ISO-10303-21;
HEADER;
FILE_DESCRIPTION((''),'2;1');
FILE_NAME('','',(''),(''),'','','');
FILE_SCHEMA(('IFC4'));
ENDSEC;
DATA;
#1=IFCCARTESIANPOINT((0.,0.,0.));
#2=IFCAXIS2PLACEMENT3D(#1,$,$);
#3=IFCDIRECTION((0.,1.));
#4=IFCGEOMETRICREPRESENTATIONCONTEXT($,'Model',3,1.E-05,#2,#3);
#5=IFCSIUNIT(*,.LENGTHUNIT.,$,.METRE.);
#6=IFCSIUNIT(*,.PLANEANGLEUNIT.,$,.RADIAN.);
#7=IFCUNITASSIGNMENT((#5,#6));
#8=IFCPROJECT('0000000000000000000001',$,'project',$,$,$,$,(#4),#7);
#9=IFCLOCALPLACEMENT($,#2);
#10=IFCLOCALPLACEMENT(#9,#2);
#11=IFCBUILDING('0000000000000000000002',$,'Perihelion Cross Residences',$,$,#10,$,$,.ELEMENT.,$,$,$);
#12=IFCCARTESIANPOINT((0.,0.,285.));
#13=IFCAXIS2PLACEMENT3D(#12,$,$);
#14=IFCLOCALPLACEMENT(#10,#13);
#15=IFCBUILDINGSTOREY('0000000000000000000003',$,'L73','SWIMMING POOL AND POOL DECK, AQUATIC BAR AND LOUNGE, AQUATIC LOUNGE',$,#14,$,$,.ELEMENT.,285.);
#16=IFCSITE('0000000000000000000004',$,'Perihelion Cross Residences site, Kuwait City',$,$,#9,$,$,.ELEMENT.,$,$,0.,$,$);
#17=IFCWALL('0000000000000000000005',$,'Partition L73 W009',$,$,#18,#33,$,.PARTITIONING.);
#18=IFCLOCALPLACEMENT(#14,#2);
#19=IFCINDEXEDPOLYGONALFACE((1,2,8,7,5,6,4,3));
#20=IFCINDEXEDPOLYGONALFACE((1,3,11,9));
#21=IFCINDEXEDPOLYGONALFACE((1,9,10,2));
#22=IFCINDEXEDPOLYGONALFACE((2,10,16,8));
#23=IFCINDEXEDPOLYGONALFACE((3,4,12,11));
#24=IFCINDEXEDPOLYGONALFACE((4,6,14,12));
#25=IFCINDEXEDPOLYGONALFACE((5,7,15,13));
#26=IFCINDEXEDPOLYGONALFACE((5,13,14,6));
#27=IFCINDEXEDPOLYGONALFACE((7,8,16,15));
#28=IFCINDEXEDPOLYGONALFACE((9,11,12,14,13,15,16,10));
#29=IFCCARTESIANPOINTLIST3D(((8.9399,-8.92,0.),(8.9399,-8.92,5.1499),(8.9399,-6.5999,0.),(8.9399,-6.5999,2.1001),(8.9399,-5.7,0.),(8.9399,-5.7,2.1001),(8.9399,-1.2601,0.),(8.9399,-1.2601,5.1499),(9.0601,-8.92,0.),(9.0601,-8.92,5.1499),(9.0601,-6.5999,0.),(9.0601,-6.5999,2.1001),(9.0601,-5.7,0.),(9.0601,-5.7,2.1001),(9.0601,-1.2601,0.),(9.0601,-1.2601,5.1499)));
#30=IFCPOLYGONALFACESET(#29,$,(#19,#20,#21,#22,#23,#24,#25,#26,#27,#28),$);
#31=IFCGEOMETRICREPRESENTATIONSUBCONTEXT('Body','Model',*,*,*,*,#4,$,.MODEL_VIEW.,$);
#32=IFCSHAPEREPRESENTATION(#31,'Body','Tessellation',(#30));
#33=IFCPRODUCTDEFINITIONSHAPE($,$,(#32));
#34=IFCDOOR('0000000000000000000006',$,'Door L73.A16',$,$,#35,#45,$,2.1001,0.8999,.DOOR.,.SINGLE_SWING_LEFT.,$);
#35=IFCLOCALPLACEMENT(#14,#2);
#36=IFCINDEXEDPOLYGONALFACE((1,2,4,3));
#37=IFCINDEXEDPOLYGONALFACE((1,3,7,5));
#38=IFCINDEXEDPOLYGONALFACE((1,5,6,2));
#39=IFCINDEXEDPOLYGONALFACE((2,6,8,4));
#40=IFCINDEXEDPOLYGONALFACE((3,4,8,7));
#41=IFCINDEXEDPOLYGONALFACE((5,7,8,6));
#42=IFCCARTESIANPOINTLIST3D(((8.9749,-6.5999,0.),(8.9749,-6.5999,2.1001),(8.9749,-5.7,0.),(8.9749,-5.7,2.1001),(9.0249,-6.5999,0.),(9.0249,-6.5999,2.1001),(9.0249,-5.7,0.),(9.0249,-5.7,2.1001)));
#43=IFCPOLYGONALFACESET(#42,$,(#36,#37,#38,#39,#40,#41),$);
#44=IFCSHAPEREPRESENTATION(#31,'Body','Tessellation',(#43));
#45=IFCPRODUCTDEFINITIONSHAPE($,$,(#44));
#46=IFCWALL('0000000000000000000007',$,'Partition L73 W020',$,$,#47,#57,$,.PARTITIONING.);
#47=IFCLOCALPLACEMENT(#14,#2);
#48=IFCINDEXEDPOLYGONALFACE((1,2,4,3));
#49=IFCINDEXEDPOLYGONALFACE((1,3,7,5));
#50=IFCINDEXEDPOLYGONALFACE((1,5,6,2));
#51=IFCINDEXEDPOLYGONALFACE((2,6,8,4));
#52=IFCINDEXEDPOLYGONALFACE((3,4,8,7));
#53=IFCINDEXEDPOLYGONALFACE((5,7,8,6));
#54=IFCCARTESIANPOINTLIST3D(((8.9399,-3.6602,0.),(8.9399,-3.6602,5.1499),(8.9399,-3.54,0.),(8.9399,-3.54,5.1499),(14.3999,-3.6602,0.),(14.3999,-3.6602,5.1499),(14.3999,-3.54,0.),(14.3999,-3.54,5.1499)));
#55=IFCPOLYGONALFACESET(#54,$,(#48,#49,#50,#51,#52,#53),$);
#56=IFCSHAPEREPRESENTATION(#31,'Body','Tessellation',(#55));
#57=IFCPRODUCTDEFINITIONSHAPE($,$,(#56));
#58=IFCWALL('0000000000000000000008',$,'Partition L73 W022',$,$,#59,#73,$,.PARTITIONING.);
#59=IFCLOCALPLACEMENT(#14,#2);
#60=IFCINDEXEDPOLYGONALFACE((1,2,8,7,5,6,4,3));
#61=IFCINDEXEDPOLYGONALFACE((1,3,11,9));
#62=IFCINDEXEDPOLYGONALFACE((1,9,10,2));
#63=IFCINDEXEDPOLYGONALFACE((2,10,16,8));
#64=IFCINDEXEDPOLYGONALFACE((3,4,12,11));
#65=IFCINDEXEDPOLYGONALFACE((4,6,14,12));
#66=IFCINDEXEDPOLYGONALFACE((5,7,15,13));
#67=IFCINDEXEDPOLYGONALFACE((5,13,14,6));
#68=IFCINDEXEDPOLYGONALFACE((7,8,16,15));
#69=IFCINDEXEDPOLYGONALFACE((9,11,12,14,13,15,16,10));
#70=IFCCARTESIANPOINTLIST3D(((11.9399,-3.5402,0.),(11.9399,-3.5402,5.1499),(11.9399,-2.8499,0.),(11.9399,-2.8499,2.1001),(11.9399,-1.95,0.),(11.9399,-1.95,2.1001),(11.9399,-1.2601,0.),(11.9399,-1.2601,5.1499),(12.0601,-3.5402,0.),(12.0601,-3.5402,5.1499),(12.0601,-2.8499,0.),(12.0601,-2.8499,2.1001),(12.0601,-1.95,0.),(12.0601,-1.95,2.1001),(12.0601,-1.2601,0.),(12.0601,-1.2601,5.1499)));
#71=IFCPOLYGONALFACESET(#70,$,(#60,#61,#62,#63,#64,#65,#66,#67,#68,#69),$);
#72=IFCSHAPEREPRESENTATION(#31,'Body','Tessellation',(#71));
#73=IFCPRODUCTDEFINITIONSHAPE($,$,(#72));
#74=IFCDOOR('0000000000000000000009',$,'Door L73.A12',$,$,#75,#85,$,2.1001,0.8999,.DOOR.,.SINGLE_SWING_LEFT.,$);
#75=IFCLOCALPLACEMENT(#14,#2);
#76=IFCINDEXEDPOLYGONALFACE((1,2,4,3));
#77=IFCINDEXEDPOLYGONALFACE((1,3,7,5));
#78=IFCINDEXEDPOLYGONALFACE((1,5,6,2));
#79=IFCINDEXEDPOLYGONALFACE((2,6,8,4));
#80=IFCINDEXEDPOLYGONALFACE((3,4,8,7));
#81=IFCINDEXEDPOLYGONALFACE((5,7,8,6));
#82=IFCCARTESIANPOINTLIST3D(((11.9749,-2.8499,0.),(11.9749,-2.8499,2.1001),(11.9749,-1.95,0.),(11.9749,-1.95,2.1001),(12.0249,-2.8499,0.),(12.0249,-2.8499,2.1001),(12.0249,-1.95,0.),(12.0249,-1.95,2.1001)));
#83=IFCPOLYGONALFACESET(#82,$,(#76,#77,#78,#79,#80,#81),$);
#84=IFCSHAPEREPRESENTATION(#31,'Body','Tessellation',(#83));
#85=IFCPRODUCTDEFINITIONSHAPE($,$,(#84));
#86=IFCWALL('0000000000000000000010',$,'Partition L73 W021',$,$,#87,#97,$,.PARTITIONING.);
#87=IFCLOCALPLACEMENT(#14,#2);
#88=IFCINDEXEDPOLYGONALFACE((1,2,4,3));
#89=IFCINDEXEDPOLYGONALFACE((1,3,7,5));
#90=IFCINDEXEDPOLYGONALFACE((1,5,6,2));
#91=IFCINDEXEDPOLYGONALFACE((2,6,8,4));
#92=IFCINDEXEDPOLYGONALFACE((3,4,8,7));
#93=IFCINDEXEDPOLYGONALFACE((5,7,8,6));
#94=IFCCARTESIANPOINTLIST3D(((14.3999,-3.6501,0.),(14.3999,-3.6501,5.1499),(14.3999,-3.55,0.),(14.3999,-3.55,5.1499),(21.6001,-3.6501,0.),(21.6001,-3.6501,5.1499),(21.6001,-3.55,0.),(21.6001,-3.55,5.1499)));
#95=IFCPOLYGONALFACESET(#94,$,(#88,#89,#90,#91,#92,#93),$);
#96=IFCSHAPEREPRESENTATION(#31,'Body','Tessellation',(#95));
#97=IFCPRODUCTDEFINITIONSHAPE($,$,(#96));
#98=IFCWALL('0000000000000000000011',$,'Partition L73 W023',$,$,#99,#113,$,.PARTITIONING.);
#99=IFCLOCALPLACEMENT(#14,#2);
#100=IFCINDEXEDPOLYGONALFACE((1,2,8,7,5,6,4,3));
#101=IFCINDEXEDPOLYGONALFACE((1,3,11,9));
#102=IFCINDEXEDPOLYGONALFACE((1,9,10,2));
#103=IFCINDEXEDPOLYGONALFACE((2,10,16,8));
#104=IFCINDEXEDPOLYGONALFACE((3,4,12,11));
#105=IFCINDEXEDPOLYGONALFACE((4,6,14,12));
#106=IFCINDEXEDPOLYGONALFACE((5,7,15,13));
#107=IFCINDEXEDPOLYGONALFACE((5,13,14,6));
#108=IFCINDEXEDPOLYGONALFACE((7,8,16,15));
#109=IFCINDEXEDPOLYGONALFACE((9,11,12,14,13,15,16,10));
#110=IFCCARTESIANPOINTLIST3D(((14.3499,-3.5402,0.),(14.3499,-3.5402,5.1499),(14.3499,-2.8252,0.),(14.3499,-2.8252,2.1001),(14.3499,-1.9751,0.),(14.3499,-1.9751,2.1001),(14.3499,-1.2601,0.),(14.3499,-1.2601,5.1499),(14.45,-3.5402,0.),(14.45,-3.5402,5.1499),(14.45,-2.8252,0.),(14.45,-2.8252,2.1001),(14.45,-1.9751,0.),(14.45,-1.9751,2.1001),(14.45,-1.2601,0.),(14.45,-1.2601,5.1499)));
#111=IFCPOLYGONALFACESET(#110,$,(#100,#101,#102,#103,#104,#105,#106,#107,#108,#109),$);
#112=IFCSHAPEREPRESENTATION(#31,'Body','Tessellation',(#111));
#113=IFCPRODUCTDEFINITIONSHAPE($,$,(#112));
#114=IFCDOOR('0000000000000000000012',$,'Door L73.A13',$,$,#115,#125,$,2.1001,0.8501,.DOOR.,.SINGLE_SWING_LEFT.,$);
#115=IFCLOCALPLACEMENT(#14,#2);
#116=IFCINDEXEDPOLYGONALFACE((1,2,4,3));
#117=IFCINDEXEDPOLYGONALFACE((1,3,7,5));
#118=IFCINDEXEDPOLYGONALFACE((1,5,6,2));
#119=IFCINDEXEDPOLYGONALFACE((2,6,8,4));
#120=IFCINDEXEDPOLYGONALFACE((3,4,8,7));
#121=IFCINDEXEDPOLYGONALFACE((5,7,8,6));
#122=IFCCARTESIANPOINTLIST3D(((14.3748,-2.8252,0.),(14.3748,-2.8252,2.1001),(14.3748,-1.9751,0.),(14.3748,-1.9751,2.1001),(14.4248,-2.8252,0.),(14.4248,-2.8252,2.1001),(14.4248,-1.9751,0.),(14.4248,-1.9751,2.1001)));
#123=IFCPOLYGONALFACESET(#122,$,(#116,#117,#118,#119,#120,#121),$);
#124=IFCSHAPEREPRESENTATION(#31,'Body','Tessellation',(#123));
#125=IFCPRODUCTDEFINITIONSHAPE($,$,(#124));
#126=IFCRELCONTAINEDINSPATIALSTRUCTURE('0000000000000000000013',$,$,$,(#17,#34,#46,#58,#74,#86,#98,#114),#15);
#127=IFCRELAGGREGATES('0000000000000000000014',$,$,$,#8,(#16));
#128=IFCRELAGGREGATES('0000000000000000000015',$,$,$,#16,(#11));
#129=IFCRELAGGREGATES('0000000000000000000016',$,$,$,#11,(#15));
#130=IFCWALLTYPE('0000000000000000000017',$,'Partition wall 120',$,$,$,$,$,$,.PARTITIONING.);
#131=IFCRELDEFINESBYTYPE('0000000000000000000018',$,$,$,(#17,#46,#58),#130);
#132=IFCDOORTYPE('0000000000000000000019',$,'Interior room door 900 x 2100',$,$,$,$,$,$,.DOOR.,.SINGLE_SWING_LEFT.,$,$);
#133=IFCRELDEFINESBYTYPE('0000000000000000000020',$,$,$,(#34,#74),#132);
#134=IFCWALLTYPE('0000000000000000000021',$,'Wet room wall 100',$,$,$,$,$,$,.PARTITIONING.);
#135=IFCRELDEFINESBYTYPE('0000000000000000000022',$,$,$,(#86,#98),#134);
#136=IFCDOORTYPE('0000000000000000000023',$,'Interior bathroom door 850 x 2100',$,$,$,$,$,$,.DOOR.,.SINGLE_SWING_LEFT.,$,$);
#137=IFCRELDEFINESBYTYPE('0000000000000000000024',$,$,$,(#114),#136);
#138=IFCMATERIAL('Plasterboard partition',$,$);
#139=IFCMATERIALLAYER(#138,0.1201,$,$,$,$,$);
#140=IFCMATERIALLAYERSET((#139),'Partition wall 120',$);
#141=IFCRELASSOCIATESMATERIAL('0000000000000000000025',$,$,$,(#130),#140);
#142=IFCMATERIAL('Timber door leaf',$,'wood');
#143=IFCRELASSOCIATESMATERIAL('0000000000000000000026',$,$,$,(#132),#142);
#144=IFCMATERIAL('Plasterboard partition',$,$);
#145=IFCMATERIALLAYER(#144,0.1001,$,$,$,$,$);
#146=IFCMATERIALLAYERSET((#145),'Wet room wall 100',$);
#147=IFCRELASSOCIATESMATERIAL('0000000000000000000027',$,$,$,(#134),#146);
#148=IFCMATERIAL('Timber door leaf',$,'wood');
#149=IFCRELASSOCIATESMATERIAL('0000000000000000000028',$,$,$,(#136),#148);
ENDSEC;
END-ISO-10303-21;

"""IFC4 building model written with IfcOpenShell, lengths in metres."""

from ifc_helpers import new_model, si_unit, direction, frame, frame_2d, origin, place, context, subcontext, project, spatial, rectangle, extrude, material, layer, layer_set, type_object, element, fill, save


model = new_model("IFC4")

# Units and contexts
model_context = context("Model", 3, precision=1e-05, world=origin(), true_north=direction((0.0, 1.0)))
body_context = subcontext(model_context, "Body", "Model", "MODEL_VIEW")
ifc_project = project(units=[si_unit("LENGTHUNIT", "METRE"), si_unit("PLANEANGLEUNIT", "RADIAN")], contexts=[model_context])

# Site, building, storey
site_placement = place(None, origin())
site = spatial("IfcSite", under=ifc_project, at=site_placement, Name="Perihelion Cross Residences site, Kuwait City", CompositionType="ELEMENT", RefElevation=0.0)
building_placement = place(site_placement, origin())
building = spatial("IfcBuilding", under=site, at=building_placement, Name="Perihelion Cross Residences", CompositionType="ELEMENT")
storey_placement = place(building_placement, frame((0.0, 0.0, 285.0)))
storey = spatial("IfcBuildingStorey", under=building, at=storey_placement, Name="L73", Description="SWIMMING POOL AND POOL DECK, AQUATIC BAR AND LOUNGE, AQUATIC LOUNGE", CompositionType="ELEMENT", Elevation=285.0)

# Shared definitions
ifc_material_1 = material(Name="Plasterboard partition")
ifc_layer_1 = layer(ifc_material_1, 0.1201)
ifc_layer_set_1 = layer_set([ifc_layer_1], Name="Partition wall 120")
wall_type_1 = type_object("IfcWallType", Name="Partition wall 120", PredefinedType="PARTITIONING", material=ifc_layer_set_1)
ifc_material_2 = material(Name="Timber door leaf", Category="wood")
door_type_1 = type_object("IfcDoorType", Name="Interior room door 900 x 2100", OperationType="SINGLE_SWING_LEFT", PredefinedType="DOOR", material=ifc_material_2)

# Wall, opening, door
wall_1_placement = place(storey_placement, frame((9.0, -1.26, 0.0), z_axis=(0.0, 0.0, 1.0), x_axis=(0.0, -1.0, 0.0)))
wall_1 = element("IfcWall", 1, at=wall_1_placement, inside=storey, type_object=wall_type_1, Name="Partition L73 W009", PredefinedType="PARTITIONING", context=body_context, shape_type="SweptSolid", body=[
    extrude(rectangle(XDim=7.6599, YDim=0.1201, at=frame_2d((3.8301, 0.0))), origin(), (0.0, 0.0, 1.0), 5.1499),
])
opening_1_placement = place(wall_1_placement, frame((4.4399, 0.0, 0.0)))
opening_1 = element("IfcOpeningElement", 2, at=opening_1_placement, cuts=wall_1, PredefinedType="OPENING", context=body_context, shape_type="SweptSolid", body=[
    extrude(rectangle(XDim=0.8999, YDim=2.1001, at=frame_2d((0.45, 1.05))), frame((0.0, 0.0701, 0.0), z_axis=(0.0, -1.0, 0.0), x_axis=(1.0, 0.0, 0.0)), (0.0, 0.0, 1.0), 0.1401),
])
door_1_placement = place(opening_1_placement, origin())
door_1 = element("IfcDoor", 3, at=door_1_placement, inside=storey, type_object=door_type_1, Name="Door L73.A16", OperationType="SINGLE_SWING_LEFT", OverallHeight=2.1001, OverallWidth=0.8999, PredefinedType="DOOR", context=body_context, shape_type="SweptSolid", body=[
    extrude(rectangle(XDim=0.8999, YDim=2.1001, at=frame_2d((0.45, 1.05))), frame((0.0, 0.0249, 0.0), z_axis=(0.0, -1.0, 0.0), x_axis=(1.0, 0.0, 0.0)), (0.0, 0.0, 1.0), 0.05),
])
fill(opening_1, door_1)

# Wall
wall_2_placement = place(storey_placement, frame((8.9399, -3.6001, 0.0), z_axis=(0.0, 0.0, 1.0), x_axis=(1.0, 0.0, 0.0)))
element("IfcWall", 4, at=wall_2_placement, inside=storey, type_object=wall_type_1, Name="Partition L73 W020", PredefinedType="PARTITIONING", context=body_context, shape_type="SweptSolid", body=[
    extrude(rectangle(XDim=5.46, YDim=0.1201, at=frame_2d((2.73, 0.0))), origin(), (0.0, 0.0, 1.0), 5.1499),
])

# Wall, opening, door
wall_3_placement = place(storey_placement, frame((12.0, -1.26, 0.0), z_axis=(0.0, 0.0, 1.0), x_axis=(0.0, -1.0, 0.0)))
wall_3 = element("IfcWall", 5, at=wall_3_placement, inside=storey, type_object=wall_type_1, Name="Partition L73 W022", PredefinedType="PARTITIONING", context=body_context, shape_type="SweptSolid", body=[
    extrude(rectangle(XDim=2.28, YDim=0.1201, at=frame_2d((1.1401, 0.0))), origin(), (0.0, 0.0, 1.0), 5.1499),
])
opening_2_placement = place(wall_3_placement, frame((0.6899, 0.0, 0.0)))
opening_2 = element("IfcOpeningElement", 6, at=opening_2_placement, cuts=wall_3, PredefinedType="OPENING", context=body_context, shape_type="SweptSolid", body=[
    extrude(rectangle(XDim=0.8999, YDim=2.1001, at=frame_2d((0.45, 1.05))), frame((0.0, 0.0701, 0.0), z_axis=(0.0, -1.0, 0.0), x_axis=(1.0, 0.0, 0.0)), (0.0, 0.0, 1.0), 0.1401),
])
door_2_placement = place(opening_2_placement, origin())
door_2 = element("IfcDoor", 7, at=door_2_placement, inside=storey, type_object=door_type_1, Name="Door L73.A12", OperationType="SINGLE_SWING_LEFT", OverallHeight=2.1001, OverallWidth=0.8999, PredefinedType="DOOR", context=body_context, shape_type="SweptSolid", body=[
    extrude(rectangle(XDim=0.8999, YDim=2.1001, at=frame_2d((0.45, 1.05))), frame((0.0, 0.0249, 0.0), z_axis=(0.0, -1.0, 0.0), x_axis=(1.0, 0.0, 0.0)), (0.0, 0.0, 1.0), 0.05),
])
fill(opening_2, door_2)

# Wall
ifc_material_3 = material(Name="Plasterboard partition")
ifc_layer_2 = layer(ifc_material_3, 0.1001)
ifc_layer_set_2 = layer_set([ifc_layer_2], Name="Wet room wall 100")
wall_type_2 = type_object("IfcWallType", Name="Wet room wall 100", PredefinedType="PARTITIONING", material=ifc_layer_set_2)
wall_4_placement = place(storey_placement, frame((14.3999, -3.6001, 0.0), z_axis=(0.0, 0.0, 1.0), x_axis=(1.0, 0.0, 0.0)))
element("IfcWall", 8, at=wall_4_placement, inside=storey, type_object=wall_type_2, Name="Partition L73 W021", PredefinedType="PARTITIONING", context=body_context, shape_type="SweptSolid", body=[
    extrude(rectangle(XDim=7.2002, YDim=0.1001, at=frame_2d((3.6001, 0.0))), origin(), (0.0, 0.0, 1.0), 5.1499),
])

# Wall, opening, door
wall_5_placement = place(storey_placement, frame((14.3999, -1.26, 0.0), z_axis=(0.0, 0.0, 1.0), x_axis=(0.0, -1.0, 0.0)))
wall_5 = element("IfcWall", 9, at=wall_5_placement, inside=storey, type_object=wall_type_2, Name="Partition L73 W023", PredefinedType="PARTITIONING", context=body_context, shape_type="SweptSolid", body=[
    extrude(rectangle(XDim=2.28, YDim=0.1001, at=frame_2d((1.1401, 0.0))), origin(), (0.0, 0.0, 1.0), 5.1499),
])
opening_3_placement = place(wall_5_placement, frame((0.7151, 0.0, 0.0)))
opening_3 = element("IfcOpeningElement", 10, at=opening_3_placement, cuts=wall_5, PredefinedType="OPENING", context=body_context, shape_type="SweptSolid", body=[
    extrude(rectangle(XDim=0.8501, YDim=2.1001, at=frame_2d((0.425, 1.05))), frame((0.0, 0.0601, 0.0), z_axis=(0.0, -1.0, 0.0), x_axis=(1.0, 0.0, 0.0)), (0.0, 0.0, 1.0), 0.1201),
])
ifc_material_4 = material(Name="Timber door leaf", Category="wood")
door_type_2 = type_object("IfcDoorType", Name="Interior bathroom door 850 x 2100", OperationType="SINGLE_SWING_LEFT", PredefinedType="DOOR", material=ifc_material_4)
door_3_placement = place(opening_3_placement, origin())
door_3 = element("IfcDoor", 11, at=door_3_placement, inside=storey, type_object=door_type_2, Name="Door L73.A13", OperationType="SINGLE_SWING_LEFT", OverallHeight=2.1001, OverallWidth=0.8501, PredefinedType="DOOR", context=body_context, shape_type="SweptSolid", body=[
    extrude(rectangle(XDim=0.8501, YDim=2.1001, at=frame_2d((0.425, 1.05))), frame((0.0, 0.0249, 0.0), z_axis=(0.0, -1.0, 0.0), x_axis=(1.0, 0.0, 0.0)), (0.0, 0.0, 1.0), 0.05),
])
fill(opening_3, door_3)

save(model, "model.ifc")
